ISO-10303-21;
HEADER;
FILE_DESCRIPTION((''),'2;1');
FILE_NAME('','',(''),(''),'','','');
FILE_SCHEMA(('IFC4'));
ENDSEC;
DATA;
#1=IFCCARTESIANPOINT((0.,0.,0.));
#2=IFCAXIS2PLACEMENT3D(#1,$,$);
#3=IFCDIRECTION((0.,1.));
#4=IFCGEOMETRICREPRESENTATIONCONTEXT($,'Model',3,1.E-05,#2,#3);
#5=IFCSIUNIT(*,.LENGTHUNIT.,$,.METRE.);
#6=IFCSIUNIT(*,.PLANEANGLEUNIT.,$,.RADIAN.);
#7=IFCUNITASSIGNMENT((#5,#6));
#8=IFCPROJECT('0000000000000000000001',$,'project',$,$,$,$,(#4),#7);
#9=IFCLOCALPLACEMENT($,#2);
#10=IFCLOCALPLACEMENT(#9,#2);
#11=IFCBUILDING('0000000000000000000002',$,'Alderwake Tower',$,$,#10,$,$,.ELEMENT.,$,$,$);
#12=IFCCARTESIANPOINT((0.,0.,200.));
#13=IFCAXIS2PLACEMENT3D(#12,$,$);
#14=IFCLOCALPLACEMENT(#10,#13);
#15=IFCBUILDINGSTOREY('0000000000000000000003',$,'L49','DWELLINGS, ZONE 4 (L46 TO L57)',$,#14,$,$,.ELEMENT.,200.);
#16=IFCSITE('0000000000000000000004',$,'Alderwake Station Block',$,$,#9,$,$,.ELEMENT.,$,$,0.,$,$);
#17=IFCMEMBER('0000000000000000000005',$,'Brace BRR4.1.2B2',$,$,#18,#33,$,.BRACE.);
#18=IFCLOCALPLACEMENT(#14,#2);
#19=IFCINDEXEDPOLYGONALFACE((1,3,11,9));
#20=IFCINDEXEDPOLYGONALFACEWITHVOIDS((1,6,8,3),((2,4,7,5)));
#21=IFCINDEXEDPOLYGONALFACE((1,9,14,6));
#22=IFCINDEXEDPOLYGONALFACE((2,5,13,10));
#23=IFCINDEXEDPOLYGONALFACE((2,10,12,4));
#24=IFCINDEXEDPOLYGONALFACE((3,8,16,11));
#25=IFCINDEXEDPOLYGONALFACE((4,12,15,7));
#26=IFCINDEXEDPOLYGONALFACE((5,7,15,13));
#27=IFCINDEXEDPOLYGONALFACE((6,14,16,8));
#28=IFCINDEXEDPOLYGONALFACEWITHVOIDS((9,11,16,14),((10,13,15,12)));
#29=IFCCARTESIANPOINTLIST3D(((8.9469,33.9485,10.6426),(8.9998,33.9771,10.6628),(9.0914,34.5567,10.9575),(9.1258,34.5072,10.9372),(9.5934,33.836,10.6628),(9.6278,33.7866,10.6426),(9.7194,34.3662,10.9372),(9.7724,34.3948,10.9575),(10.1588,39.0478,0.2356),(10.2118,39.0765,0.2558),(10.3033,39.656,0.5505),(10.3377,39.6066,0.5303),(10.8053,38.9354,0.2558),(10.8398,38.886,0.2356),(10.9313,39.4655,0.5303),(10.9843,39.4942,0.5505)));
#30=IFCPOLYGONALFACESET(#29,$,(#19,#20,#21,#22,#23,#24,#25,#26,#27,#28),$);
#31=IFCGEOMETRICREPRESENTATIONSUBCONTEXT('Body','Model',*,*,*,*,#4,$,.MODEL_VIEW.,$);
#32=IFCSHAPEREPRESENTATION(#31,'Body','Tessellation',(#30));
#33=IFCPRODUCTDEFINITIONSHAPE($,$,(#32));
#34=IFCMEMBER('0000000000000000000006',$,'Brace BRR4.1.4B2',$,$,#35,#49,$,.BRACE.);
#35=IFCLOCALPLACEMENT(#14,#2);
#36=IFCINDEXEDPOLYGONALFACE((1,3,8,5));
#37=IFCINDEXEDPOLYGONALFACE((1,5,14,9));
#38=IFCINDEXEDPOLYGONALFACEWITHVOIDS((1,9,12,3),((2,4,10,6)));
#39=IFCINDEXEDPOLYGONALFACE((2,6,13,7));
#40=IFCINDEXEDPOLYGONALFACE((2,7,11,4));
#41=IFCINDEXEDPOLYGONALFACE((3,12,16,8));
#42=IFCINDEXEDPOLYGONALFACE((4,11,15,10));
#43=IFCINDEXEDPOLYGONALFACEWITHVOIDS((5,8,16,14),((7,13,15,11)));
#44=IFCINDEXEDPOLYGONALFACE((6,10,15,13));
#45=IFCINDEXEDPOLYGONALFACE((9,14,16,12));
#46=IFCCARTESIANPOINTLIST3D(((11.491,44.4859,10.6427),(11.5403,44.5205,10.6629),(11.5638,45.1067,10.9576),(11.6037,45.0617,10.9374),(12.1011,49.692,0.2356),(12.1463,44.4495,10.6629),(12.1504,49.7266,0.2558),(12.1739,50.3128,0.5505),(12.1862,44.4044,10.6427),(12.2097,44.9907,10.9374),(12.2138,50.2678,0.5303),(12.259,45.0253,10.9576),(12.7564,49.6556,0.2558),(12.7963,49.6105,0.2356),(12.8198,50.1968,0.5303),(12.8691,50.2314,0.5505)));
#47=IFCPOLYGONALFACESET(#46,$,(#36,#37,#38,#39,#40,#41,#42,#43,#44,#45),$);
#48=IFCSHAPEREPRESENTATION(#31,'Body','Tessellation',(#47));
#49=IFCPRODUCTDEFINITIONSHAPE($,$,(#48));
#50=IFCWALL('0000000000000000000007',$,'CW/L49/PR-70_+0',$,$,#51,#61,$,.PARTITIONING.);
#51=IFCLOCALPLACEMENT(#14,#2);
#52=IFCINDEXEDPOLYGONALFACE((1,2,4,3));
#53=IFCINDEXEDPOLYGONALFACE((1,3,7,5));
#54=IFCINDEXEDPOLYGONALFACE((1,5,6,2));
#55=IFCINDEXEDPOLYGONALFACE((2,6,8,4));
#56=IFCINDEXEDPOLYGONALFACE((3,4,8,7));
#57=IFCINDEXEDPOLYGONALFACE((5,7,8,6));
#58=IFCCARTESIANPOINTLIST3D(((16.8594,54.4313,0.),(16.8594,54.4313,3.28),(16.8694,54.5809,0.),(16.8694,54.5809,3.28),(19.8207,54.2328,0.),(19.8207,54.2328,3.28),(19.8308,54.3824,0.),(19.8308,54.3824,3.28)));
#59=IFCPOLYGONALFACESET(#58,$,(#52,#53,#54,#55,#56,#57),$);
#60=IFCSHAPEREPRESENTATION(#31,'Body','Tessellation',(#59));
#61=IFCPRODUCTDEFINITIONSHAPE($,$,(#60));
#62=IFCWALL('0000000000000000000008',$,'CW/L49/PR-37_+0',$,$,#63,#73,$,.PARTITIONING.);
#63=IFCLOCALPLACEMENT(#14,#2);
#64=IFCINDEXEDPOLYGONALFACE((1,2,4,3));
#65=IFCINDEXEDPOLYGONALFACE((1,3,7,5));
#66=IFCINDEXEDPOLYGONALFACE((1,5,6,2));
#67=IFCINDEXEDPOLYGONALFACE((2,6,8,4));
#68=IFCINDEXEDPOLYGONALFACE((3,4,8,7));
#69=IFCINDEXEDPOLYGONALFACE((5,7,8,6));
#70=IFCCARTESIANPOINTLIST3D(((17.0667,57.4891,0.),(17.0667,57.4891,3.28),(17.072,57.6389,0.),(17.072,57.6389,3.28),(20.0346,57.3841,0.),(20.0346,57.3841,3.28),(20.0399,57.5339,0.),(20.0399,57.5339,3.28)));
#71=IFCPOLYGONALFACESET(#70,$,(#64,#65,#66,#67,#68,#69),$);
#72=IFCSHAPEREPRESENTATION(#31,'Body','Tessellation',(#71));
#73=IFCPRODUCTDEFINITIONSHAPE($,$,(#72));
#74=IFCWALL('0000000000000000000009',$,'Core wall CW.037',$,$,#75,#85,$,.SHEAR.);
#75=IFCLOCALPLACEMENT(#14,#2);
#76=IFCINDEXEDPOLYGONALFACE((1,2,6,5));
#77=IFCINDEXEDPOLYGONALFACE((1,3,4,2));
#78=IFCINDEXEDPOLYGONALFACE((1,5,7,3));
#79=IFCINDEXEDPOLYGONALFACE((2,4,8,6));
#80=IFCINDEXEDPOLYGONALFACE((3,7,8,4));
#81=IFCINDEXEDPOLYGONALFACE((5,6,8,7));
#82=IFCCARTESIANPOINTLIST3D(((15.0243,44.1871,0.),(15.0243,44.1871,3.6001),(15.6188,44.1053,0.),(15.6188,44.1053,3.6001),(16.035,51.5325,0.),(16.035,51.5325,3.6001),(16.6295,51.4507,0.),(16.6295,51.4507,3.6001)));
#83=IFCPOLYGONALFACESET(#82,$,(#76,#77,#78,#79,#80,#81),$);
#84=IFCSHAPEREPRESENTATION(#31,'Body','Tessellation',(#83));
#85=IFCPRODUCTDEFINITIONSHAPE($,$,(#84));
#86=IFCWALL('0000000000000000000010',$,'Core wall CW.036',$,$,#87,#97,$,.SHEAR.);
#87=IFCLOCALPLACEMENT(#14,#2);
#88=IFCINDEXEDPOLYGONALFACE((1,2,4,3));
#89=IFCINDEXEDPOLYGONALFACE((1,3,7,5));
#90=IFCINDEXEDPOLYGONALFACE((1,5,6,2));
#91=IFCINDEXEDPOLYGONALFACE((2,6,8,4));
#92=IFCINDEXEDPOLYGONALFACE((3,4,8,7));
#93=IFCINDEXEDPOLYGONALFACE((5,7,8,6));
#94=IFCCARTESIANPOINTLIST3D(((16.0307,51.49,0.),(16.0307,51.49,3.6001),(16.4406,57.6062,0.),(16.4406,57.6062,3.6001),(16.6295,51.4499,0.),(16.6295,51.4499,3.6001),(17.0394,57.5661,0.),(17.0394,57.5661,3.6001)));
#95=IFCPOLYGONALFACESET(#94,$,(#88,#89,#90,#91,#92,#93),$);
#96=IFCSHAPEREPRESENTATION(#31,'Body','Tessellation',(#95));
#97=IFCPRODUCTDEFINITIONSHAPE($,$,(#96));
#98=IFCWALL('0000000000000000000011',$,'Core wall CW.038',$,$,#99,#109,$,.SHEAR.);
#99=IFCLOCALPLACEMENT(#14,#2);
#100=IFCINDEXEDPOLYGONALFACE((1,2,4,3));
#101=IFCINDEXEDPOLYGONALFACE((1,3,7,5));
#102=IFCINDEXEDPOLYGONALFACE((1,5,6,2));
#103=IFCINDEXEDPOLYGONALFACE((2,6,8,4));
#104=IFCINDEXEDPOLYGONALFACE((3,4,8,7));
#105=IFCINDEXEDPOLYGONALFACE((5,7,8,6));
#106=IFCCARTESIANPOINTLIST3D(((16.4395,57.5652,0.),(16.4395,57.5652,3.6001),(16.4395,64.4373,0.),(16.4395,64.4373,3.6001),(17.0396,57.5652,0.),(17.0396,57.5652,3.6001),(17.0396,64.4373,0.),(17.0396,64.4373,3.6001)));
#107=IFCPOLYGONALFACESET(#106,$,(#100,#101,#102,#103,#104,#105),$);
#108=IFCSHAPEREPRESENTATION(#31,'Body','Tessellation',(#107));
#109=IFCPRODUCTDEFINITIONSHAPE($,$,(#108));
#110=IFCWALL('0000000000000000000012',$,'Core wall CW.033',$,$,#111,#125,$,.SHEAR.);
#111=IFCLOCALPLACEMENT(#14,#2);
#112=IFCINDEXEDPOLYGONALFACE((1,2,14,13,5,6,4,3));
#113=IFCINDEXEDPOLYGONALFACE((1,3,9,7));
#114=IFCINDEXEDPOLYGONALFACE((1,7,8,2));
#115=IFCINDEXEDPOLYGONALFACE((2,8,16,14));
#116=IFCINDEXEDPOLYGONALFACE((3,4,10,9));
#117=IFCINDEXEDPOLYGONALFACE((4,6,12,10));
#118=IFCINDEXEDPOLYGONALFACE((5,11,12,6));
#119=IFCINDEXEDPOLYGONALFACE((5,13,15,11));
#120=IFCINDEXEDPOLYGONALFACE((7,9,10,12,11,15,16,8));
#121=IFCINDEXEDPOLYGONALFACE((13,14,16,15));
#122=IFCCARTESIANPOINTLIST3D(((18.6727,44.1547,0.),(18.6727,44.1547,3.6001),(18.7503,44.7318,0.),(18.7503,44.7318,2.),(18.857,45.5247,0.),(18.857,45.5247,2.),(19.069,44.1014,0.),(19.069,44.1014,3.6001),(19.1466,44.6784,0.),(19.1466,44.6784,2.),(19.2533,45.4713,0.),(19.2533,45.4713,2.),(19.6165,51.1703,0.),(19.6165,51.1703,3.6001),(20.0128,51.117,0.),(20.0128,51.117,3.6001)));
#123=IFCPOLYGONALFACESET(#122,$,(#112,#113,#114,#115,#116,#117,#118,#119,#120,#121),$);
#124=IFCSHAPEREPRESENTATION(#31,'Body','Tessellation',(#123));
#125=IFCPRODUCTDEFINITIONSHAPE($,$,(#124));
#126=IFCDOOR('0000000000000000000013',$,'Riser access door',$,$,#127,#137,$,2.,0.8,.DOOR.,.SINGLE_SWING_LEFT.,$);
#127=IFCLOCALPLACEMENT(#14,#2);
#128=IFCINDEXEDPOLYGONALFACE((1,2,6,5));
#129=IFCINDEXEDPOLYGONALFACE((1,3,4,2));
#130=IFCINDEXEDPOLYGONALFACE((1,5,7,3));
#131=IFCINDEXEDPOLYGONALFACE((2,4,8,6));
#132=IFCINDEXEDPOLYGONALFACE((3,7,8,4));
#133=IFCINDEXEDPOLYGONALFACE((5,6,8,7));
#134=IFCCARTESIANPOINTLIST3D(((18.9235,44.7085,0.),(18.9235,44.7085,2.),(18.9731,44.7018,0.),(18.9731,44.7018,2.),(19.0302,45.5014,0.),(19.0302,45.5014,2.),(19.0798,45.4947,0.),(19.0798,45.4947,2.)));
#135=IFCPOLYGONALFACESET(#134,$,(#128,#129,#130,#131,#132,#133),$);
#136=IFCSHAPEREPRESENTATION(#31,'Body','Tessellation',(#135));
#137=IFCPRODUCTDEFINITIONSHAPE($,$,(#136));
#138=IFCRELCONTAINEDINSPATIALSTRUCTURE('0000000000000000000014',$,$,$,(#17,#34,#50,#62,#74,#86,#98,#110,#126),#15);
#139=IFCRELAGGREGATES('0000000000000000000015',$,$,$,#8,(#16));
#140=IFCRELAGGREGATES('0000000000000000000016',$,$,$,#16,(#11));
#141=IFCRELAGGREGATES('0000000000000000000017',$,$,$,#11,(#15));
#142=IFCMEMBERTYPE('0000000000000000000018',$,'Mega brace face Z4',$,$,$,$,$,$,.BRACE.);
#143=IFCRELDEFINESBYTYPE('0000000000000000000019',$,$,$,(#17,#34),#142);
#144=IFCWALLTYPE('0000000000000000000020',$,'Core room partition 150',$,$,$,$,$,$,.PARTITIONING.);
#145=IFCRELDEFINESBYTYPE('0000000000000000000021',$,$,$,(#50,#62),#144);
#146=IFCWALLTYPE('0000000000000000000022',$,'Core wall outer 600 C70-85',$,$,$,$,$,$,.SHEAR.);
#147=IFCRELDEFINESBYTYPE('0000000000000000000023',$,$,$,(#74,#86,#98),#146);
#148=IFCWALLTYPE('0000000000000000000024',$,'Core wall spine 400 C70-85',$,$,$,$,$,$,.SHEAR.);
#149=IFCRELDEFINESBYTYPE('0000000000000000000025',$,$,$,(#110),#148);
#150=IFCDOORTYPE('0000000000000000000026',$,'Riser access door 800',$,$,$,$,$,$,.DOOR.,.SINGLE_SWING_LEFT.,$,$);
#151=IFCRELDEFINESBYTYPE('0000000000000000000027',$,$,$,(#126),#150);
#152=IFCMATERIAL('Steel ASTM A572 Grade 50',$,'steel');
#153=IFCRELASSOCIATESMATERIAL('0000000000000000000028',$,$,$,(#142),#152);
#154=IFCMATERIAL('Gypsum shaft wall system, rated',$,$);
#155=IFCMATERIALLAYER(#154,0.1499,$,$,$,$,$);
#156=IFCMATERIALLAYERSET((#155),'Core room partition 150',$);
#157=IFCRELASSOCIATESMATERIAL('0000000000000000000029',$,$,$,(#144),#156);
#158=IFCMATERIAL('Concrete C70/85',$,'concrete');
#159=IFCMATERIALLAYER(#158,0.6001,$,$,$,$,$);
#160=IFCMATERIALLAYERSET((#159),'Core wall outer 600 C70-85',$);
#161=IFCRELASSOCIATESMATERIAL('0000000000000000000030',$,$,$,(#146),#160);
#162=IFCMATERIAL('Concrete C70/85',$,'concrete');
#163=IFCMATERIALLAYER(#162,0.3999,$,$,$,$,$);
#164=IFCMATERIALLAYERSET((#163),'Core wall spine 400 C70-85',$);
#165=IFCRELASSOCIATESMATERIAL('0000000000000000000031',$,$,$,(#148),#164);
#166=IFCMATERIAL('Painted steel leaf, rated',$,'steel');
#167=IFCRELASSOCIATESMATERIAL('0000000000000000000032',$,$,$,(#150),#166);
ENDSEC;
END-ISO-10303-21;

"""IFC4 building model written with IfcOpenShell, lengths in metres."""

from ifc_helpers import new_model, si_unit, direction, frame, frame_2d, origin, origin_2d, place, context, subcontext, project, spatial, rectangle, hollow_rectangle, extrude, material, layer, layer_set, material_profile, profile_set, type_object, element, fill, save


model = new_model("IFC4")

# Units and contexts
model_context = context("Model", 3, precision=1e-05, world=origin(), true_north=direction((0.0, 1.0)))
body_context = subcontext(model_context, "Body", "Model", "MODEL_VIEW")
ifc_project = project(units=[si_unit("LENGTHUNIT", "METRE"), si_unit("PLANEANGLEUNIT", "RADIAN")], contexts=[model_context])

# Site, building, storey
site_placement = place(None, origin())
site = spatial("IfcSite", under=ifc_project, at=site_placement, Name="Alderwake Station Block", CompositionType="ELEMENT", RefElevation=0.0)
building_placement = place(site_placement, origin())
building = spatial("IfcBuilding", under=site, at=building_placement, Name="Alderwake Tower", CompositionType="ELEMENT")
storey_placement = place(building_placement, frame((0.0, 0.0, 200.0)))
storey = spatial("IfcBuildingStorey", under=building, at=storey_placement, Name="L49", Description="DWELLINGS, ZONE 4 (L46 TO L57)", CompositionType="ELEMENT", Elevation=200.0)

# Members
ifc_material_1 = material(Name="Steel ASTM A572 Grade 50", Category="steel")
ifc_material_profile_1 = material_profile(ifc_material_1, hollow_rectangle(XDim=0.7, YDim=0.7, WallThickness=0.0449, at=origin_2d()), Name="BOX 700X700X45")
ifc_profile_set_1 = profile_set([ifc_material_profile_1], Name="Steel ASTM A572 Grade 50")
member_type = type_object("IfcMemberType", Name="Mega brace face Z4", PredefinedType="BRACE", material=ifc_profile_set_1)
member_1_placement = place(storey_placement, frame((10.5715, 39.271, 0.3931), z_axis=(-0.104006, -0.437625, 0.893122), x_axis=(0.972902, -0.23122, 0.0)))
element("IfcMember", 1, at=member_1_placement, inside=storey, type_object=member_type, Name="Brace BRR4.1.2B2", PredefinedType="BRACE", context=body_context, shape_type="SweptSolid", body=[
    extrude(hollow_rectangle(XDim=0.7, YDim=0.7, WallThickness=0.0449, at=origin_2d()), origin(), (0.0, 0.0, 1.0), 11.6523),
])
member_2_placement = place(storey_placement, frame((12.4851, 49.9617, 0.3931), z_axis=(-0.052359, -0.446776, 0.893112), x_axis=(0.993203, -0.116395, 0.0)))
element("IfcMember", 2, at=member_2_placement, inside=storey, type_object=member_type, Name="Brace BRR4.1.4B2", PredefinedType="BRACE", context=body_context, shape_type="SweptSolid", body=[
    extrude(hollow_rectangle(XDim=0.7, YDim=0.7, WallThickness=0.0449, at=origin_2d()), origin(), (0.0, 0.0, 1.0), 11.6526),
])

# Walls
ifc_material_2 = material(Name="Gypsum shaft wall system, rated")
ifc_layer_1 = layer(ifc_material_2, 0.1499)
ifc_layer_set_1 = layer_set([ifc_layer_1], Name="Core room partition 150")
wall_type_1 = type_object("IfcWallType", Name="Core room partition 150", PredefinedType="PARTITIONING", material=ifc_layer_set_1)
wall_1_placement = place(storey_placement, frame((16.8645, 54.5061, 0.0), z_axis=(0.0, 0.0, 1.0), x_axis=(0.997761, -0.066874, 0.0)))
element("IfcWall", 3, at=wall_1_placement, inside=storey, type_object=wall_type_1, Name="CW/L49/PR-70_+0", PredefinedType="PARTITIONING", context=body_context, shape_type="SweptSolid", body=[
    extrude(rectangle(XDim=2.968, YDim=0.1499, at=frame_2d((1.4839, 0.0))), origin(), (0.0, 0.0, 1.0), 3.28),
])
wall_2_placement = place(storey_placement, frame((17.0693, 57.564, 0.0), z_axis=(0.0, 0.0, 1.0), x_axis=(0.999375, -0.035351, 0.0)))
element("IfcWall", 4, at=wall_2_placement, inside=storey, type_object=wall_type_1, Name="CW/L49/PR-37_+0", PredefinedType="PARTITIONING", context=body_context, shape_type="SweptSolid", body=[
    extrude(rectangle(XDim=2.9697, YDim=0.1499, at=frame_2d((1.4849, 0.0))), origin(), (0.0, 0.0, 1.0), 3.28),
])
ifc_material_3 = material(Name="Concrete C70/85", Category="concrete")
ifc_layer_2 = layer(ifc_material_3, 0.6001)
ifc_layer_set_2 = layer_set([ifc_layer_2], Name="Core wall outer 600 C70-85")
wall_type_2 = type_object("IfcWallType", Name="Core wall outer 600 C70-85", PredefinedType="SHEAR", material=ifc_layer_set_2)
wall_3_placement = place(storey_placement, frame((15.3215, 44.1462, 0.0), z_axis=(0.0, 0.0, 1.0), x_axis=(0.136316, 0.990665, 0.0)))
element("IfcWall", 5, at=wall_3_placement, inside=storey, type_object=wall_type_2, Name="Core wall CW.037", PredefinedType="SHEAR", context=body_context, shape_type="SweptSolid", body=[
    extrude(rectangle(XDim=7.4146, YDim=0.6001, at=frame_2d((3.7073, 0.0))), origin(), (0.0, 0.0, 1.0), 3.6001),
])
wall_4_placement = place(storey_placement, frame((16.3301, 51.47, 0.0), z_axis=(0.0, 0.0, 1.0), x_axis=(0.066871, 0.997762, 0.0)))
element("IfcWall", 6, at=wall_4_placement, inside=storey, type_object=wall_type_2, Name="Core wall CW.036", PredefinedType="SHEAR", context=body_context, shape_type="SweptSolid", body=[
    extrude(rectangle(XDim=6.1299, YDim=0.6001, at=frame_2d((3.0649, 0.0))), origin(), (0.0, 0.0, 1.0), 3.6001),
])
wall_5_placement = place(storey_placement, frame((16.7395, 57.5652, 0.0), z_axis=(0.0, 0.0, 1.0), x_axis=(0.0, 1.0, 0.0)))
element("IfcWall", 7, at=wall_5_placement, inside=storey, type_object=wall_type_2, Name="Core wall CW.038", PredefinedType="SHEAR", context=body_context, shape_type="SweptSolid", body=[
    extrude(rectangle(XDim=6.8721, YDim=0.6001, at=frame_2d((3.436, 0.0))), origin(), (0.0, 0.0, 1.0), 3.6001),
])

# Wall, opening, door
ifc_material_4 = material(Name="Concrete C70/85", Category="concrete")
ifc_layer_3 = layer(ifc_material_4, 0.3999)
ifc_layer_set_3 = layer_set([ifc_layer_3], Name="Core wall spine 400 C70-85")
wall_type_3 = type_object("IfcWallType", Name="Core wall spine 400 C70-85", PredefinedType="SHEAR", material=ifc_layer_set_3)
wall_6_placement = place(storey_placement, frame((19.8147, 51.1438, 0.0), z_axis=(0.0, 0.0, 1.0), x_axis=(-0.133334, -0.991071, 0.0)))
wall_6 = element("IfcWall", 8, at=wall_6_placement, inside=storey, type_object=wall_type_3, Name="Core wall CW.033", PredefinedType="SHEAR", context=body_context, shape_type="SweptSolid", body=[
    extrude(rectangle(XDim=7.0789, YDim=0.3999, at=frame_2d((3.5396, 0.0))), origin(), (0.0, 0.0, 1.0), 3.6001),
])
opening_1_placement = place(wall_6_placement, frame((5.6968, 0.0, 0.0)))
opening_1 = element("IfcOpeningElement", 9, at=opening_1_placement, cuts=wall_6, PredefinedType="OPENING", context=body_context, shape_type="SweptSolid", body=[
    extrude(rectangle(XDim=0.8, YDim=2.0, at=frame_2d((0.3999, 1.0))), frame((0.0, 0.21, 0.0), z_axis=(0.0, -1.0, 0.0), x_axis=(1.0, 0.0, 0.0)), (0.0, 0.0, 1.0), 0.4199),
])
ifc_material_5 = material(Name="Painted steel leaf, rated", Category="steel")
door_type_1 = type_object("IfcDoorType", Name="Riser access door 800", OperationType="SINGLE_SWING_LEFT", PredefinedType="DOOR", material=ifc_material_5)
door_1_placement = place(opening_1_placement, origin())
door_1 = element("IfcDoor", 10, at=door_1_placement, inside=storey, type_object=door_type_1, Name="Riser access door", OperationType="SINGLE_SWING_LEFT", OverallHeight=2.0, OverallWidth=0.8, PredefinedType="DOOR", context=body_context, shape_type="SweptSolid", body=[
    extrude(rectangle(XDim=0.8, YDim=2.0, at=frame_2d((0.3999, 1.0))), frame((0.0, 0.0249, 0.0), z_axis=(0.0, -1.0, 0.0), x_axis=(1.0, 0.0, 0.0)), (0.0, 0.0, 1.0), 0.05),
])
fill(opening_1, door_1)

save(model, "model.ifc")
